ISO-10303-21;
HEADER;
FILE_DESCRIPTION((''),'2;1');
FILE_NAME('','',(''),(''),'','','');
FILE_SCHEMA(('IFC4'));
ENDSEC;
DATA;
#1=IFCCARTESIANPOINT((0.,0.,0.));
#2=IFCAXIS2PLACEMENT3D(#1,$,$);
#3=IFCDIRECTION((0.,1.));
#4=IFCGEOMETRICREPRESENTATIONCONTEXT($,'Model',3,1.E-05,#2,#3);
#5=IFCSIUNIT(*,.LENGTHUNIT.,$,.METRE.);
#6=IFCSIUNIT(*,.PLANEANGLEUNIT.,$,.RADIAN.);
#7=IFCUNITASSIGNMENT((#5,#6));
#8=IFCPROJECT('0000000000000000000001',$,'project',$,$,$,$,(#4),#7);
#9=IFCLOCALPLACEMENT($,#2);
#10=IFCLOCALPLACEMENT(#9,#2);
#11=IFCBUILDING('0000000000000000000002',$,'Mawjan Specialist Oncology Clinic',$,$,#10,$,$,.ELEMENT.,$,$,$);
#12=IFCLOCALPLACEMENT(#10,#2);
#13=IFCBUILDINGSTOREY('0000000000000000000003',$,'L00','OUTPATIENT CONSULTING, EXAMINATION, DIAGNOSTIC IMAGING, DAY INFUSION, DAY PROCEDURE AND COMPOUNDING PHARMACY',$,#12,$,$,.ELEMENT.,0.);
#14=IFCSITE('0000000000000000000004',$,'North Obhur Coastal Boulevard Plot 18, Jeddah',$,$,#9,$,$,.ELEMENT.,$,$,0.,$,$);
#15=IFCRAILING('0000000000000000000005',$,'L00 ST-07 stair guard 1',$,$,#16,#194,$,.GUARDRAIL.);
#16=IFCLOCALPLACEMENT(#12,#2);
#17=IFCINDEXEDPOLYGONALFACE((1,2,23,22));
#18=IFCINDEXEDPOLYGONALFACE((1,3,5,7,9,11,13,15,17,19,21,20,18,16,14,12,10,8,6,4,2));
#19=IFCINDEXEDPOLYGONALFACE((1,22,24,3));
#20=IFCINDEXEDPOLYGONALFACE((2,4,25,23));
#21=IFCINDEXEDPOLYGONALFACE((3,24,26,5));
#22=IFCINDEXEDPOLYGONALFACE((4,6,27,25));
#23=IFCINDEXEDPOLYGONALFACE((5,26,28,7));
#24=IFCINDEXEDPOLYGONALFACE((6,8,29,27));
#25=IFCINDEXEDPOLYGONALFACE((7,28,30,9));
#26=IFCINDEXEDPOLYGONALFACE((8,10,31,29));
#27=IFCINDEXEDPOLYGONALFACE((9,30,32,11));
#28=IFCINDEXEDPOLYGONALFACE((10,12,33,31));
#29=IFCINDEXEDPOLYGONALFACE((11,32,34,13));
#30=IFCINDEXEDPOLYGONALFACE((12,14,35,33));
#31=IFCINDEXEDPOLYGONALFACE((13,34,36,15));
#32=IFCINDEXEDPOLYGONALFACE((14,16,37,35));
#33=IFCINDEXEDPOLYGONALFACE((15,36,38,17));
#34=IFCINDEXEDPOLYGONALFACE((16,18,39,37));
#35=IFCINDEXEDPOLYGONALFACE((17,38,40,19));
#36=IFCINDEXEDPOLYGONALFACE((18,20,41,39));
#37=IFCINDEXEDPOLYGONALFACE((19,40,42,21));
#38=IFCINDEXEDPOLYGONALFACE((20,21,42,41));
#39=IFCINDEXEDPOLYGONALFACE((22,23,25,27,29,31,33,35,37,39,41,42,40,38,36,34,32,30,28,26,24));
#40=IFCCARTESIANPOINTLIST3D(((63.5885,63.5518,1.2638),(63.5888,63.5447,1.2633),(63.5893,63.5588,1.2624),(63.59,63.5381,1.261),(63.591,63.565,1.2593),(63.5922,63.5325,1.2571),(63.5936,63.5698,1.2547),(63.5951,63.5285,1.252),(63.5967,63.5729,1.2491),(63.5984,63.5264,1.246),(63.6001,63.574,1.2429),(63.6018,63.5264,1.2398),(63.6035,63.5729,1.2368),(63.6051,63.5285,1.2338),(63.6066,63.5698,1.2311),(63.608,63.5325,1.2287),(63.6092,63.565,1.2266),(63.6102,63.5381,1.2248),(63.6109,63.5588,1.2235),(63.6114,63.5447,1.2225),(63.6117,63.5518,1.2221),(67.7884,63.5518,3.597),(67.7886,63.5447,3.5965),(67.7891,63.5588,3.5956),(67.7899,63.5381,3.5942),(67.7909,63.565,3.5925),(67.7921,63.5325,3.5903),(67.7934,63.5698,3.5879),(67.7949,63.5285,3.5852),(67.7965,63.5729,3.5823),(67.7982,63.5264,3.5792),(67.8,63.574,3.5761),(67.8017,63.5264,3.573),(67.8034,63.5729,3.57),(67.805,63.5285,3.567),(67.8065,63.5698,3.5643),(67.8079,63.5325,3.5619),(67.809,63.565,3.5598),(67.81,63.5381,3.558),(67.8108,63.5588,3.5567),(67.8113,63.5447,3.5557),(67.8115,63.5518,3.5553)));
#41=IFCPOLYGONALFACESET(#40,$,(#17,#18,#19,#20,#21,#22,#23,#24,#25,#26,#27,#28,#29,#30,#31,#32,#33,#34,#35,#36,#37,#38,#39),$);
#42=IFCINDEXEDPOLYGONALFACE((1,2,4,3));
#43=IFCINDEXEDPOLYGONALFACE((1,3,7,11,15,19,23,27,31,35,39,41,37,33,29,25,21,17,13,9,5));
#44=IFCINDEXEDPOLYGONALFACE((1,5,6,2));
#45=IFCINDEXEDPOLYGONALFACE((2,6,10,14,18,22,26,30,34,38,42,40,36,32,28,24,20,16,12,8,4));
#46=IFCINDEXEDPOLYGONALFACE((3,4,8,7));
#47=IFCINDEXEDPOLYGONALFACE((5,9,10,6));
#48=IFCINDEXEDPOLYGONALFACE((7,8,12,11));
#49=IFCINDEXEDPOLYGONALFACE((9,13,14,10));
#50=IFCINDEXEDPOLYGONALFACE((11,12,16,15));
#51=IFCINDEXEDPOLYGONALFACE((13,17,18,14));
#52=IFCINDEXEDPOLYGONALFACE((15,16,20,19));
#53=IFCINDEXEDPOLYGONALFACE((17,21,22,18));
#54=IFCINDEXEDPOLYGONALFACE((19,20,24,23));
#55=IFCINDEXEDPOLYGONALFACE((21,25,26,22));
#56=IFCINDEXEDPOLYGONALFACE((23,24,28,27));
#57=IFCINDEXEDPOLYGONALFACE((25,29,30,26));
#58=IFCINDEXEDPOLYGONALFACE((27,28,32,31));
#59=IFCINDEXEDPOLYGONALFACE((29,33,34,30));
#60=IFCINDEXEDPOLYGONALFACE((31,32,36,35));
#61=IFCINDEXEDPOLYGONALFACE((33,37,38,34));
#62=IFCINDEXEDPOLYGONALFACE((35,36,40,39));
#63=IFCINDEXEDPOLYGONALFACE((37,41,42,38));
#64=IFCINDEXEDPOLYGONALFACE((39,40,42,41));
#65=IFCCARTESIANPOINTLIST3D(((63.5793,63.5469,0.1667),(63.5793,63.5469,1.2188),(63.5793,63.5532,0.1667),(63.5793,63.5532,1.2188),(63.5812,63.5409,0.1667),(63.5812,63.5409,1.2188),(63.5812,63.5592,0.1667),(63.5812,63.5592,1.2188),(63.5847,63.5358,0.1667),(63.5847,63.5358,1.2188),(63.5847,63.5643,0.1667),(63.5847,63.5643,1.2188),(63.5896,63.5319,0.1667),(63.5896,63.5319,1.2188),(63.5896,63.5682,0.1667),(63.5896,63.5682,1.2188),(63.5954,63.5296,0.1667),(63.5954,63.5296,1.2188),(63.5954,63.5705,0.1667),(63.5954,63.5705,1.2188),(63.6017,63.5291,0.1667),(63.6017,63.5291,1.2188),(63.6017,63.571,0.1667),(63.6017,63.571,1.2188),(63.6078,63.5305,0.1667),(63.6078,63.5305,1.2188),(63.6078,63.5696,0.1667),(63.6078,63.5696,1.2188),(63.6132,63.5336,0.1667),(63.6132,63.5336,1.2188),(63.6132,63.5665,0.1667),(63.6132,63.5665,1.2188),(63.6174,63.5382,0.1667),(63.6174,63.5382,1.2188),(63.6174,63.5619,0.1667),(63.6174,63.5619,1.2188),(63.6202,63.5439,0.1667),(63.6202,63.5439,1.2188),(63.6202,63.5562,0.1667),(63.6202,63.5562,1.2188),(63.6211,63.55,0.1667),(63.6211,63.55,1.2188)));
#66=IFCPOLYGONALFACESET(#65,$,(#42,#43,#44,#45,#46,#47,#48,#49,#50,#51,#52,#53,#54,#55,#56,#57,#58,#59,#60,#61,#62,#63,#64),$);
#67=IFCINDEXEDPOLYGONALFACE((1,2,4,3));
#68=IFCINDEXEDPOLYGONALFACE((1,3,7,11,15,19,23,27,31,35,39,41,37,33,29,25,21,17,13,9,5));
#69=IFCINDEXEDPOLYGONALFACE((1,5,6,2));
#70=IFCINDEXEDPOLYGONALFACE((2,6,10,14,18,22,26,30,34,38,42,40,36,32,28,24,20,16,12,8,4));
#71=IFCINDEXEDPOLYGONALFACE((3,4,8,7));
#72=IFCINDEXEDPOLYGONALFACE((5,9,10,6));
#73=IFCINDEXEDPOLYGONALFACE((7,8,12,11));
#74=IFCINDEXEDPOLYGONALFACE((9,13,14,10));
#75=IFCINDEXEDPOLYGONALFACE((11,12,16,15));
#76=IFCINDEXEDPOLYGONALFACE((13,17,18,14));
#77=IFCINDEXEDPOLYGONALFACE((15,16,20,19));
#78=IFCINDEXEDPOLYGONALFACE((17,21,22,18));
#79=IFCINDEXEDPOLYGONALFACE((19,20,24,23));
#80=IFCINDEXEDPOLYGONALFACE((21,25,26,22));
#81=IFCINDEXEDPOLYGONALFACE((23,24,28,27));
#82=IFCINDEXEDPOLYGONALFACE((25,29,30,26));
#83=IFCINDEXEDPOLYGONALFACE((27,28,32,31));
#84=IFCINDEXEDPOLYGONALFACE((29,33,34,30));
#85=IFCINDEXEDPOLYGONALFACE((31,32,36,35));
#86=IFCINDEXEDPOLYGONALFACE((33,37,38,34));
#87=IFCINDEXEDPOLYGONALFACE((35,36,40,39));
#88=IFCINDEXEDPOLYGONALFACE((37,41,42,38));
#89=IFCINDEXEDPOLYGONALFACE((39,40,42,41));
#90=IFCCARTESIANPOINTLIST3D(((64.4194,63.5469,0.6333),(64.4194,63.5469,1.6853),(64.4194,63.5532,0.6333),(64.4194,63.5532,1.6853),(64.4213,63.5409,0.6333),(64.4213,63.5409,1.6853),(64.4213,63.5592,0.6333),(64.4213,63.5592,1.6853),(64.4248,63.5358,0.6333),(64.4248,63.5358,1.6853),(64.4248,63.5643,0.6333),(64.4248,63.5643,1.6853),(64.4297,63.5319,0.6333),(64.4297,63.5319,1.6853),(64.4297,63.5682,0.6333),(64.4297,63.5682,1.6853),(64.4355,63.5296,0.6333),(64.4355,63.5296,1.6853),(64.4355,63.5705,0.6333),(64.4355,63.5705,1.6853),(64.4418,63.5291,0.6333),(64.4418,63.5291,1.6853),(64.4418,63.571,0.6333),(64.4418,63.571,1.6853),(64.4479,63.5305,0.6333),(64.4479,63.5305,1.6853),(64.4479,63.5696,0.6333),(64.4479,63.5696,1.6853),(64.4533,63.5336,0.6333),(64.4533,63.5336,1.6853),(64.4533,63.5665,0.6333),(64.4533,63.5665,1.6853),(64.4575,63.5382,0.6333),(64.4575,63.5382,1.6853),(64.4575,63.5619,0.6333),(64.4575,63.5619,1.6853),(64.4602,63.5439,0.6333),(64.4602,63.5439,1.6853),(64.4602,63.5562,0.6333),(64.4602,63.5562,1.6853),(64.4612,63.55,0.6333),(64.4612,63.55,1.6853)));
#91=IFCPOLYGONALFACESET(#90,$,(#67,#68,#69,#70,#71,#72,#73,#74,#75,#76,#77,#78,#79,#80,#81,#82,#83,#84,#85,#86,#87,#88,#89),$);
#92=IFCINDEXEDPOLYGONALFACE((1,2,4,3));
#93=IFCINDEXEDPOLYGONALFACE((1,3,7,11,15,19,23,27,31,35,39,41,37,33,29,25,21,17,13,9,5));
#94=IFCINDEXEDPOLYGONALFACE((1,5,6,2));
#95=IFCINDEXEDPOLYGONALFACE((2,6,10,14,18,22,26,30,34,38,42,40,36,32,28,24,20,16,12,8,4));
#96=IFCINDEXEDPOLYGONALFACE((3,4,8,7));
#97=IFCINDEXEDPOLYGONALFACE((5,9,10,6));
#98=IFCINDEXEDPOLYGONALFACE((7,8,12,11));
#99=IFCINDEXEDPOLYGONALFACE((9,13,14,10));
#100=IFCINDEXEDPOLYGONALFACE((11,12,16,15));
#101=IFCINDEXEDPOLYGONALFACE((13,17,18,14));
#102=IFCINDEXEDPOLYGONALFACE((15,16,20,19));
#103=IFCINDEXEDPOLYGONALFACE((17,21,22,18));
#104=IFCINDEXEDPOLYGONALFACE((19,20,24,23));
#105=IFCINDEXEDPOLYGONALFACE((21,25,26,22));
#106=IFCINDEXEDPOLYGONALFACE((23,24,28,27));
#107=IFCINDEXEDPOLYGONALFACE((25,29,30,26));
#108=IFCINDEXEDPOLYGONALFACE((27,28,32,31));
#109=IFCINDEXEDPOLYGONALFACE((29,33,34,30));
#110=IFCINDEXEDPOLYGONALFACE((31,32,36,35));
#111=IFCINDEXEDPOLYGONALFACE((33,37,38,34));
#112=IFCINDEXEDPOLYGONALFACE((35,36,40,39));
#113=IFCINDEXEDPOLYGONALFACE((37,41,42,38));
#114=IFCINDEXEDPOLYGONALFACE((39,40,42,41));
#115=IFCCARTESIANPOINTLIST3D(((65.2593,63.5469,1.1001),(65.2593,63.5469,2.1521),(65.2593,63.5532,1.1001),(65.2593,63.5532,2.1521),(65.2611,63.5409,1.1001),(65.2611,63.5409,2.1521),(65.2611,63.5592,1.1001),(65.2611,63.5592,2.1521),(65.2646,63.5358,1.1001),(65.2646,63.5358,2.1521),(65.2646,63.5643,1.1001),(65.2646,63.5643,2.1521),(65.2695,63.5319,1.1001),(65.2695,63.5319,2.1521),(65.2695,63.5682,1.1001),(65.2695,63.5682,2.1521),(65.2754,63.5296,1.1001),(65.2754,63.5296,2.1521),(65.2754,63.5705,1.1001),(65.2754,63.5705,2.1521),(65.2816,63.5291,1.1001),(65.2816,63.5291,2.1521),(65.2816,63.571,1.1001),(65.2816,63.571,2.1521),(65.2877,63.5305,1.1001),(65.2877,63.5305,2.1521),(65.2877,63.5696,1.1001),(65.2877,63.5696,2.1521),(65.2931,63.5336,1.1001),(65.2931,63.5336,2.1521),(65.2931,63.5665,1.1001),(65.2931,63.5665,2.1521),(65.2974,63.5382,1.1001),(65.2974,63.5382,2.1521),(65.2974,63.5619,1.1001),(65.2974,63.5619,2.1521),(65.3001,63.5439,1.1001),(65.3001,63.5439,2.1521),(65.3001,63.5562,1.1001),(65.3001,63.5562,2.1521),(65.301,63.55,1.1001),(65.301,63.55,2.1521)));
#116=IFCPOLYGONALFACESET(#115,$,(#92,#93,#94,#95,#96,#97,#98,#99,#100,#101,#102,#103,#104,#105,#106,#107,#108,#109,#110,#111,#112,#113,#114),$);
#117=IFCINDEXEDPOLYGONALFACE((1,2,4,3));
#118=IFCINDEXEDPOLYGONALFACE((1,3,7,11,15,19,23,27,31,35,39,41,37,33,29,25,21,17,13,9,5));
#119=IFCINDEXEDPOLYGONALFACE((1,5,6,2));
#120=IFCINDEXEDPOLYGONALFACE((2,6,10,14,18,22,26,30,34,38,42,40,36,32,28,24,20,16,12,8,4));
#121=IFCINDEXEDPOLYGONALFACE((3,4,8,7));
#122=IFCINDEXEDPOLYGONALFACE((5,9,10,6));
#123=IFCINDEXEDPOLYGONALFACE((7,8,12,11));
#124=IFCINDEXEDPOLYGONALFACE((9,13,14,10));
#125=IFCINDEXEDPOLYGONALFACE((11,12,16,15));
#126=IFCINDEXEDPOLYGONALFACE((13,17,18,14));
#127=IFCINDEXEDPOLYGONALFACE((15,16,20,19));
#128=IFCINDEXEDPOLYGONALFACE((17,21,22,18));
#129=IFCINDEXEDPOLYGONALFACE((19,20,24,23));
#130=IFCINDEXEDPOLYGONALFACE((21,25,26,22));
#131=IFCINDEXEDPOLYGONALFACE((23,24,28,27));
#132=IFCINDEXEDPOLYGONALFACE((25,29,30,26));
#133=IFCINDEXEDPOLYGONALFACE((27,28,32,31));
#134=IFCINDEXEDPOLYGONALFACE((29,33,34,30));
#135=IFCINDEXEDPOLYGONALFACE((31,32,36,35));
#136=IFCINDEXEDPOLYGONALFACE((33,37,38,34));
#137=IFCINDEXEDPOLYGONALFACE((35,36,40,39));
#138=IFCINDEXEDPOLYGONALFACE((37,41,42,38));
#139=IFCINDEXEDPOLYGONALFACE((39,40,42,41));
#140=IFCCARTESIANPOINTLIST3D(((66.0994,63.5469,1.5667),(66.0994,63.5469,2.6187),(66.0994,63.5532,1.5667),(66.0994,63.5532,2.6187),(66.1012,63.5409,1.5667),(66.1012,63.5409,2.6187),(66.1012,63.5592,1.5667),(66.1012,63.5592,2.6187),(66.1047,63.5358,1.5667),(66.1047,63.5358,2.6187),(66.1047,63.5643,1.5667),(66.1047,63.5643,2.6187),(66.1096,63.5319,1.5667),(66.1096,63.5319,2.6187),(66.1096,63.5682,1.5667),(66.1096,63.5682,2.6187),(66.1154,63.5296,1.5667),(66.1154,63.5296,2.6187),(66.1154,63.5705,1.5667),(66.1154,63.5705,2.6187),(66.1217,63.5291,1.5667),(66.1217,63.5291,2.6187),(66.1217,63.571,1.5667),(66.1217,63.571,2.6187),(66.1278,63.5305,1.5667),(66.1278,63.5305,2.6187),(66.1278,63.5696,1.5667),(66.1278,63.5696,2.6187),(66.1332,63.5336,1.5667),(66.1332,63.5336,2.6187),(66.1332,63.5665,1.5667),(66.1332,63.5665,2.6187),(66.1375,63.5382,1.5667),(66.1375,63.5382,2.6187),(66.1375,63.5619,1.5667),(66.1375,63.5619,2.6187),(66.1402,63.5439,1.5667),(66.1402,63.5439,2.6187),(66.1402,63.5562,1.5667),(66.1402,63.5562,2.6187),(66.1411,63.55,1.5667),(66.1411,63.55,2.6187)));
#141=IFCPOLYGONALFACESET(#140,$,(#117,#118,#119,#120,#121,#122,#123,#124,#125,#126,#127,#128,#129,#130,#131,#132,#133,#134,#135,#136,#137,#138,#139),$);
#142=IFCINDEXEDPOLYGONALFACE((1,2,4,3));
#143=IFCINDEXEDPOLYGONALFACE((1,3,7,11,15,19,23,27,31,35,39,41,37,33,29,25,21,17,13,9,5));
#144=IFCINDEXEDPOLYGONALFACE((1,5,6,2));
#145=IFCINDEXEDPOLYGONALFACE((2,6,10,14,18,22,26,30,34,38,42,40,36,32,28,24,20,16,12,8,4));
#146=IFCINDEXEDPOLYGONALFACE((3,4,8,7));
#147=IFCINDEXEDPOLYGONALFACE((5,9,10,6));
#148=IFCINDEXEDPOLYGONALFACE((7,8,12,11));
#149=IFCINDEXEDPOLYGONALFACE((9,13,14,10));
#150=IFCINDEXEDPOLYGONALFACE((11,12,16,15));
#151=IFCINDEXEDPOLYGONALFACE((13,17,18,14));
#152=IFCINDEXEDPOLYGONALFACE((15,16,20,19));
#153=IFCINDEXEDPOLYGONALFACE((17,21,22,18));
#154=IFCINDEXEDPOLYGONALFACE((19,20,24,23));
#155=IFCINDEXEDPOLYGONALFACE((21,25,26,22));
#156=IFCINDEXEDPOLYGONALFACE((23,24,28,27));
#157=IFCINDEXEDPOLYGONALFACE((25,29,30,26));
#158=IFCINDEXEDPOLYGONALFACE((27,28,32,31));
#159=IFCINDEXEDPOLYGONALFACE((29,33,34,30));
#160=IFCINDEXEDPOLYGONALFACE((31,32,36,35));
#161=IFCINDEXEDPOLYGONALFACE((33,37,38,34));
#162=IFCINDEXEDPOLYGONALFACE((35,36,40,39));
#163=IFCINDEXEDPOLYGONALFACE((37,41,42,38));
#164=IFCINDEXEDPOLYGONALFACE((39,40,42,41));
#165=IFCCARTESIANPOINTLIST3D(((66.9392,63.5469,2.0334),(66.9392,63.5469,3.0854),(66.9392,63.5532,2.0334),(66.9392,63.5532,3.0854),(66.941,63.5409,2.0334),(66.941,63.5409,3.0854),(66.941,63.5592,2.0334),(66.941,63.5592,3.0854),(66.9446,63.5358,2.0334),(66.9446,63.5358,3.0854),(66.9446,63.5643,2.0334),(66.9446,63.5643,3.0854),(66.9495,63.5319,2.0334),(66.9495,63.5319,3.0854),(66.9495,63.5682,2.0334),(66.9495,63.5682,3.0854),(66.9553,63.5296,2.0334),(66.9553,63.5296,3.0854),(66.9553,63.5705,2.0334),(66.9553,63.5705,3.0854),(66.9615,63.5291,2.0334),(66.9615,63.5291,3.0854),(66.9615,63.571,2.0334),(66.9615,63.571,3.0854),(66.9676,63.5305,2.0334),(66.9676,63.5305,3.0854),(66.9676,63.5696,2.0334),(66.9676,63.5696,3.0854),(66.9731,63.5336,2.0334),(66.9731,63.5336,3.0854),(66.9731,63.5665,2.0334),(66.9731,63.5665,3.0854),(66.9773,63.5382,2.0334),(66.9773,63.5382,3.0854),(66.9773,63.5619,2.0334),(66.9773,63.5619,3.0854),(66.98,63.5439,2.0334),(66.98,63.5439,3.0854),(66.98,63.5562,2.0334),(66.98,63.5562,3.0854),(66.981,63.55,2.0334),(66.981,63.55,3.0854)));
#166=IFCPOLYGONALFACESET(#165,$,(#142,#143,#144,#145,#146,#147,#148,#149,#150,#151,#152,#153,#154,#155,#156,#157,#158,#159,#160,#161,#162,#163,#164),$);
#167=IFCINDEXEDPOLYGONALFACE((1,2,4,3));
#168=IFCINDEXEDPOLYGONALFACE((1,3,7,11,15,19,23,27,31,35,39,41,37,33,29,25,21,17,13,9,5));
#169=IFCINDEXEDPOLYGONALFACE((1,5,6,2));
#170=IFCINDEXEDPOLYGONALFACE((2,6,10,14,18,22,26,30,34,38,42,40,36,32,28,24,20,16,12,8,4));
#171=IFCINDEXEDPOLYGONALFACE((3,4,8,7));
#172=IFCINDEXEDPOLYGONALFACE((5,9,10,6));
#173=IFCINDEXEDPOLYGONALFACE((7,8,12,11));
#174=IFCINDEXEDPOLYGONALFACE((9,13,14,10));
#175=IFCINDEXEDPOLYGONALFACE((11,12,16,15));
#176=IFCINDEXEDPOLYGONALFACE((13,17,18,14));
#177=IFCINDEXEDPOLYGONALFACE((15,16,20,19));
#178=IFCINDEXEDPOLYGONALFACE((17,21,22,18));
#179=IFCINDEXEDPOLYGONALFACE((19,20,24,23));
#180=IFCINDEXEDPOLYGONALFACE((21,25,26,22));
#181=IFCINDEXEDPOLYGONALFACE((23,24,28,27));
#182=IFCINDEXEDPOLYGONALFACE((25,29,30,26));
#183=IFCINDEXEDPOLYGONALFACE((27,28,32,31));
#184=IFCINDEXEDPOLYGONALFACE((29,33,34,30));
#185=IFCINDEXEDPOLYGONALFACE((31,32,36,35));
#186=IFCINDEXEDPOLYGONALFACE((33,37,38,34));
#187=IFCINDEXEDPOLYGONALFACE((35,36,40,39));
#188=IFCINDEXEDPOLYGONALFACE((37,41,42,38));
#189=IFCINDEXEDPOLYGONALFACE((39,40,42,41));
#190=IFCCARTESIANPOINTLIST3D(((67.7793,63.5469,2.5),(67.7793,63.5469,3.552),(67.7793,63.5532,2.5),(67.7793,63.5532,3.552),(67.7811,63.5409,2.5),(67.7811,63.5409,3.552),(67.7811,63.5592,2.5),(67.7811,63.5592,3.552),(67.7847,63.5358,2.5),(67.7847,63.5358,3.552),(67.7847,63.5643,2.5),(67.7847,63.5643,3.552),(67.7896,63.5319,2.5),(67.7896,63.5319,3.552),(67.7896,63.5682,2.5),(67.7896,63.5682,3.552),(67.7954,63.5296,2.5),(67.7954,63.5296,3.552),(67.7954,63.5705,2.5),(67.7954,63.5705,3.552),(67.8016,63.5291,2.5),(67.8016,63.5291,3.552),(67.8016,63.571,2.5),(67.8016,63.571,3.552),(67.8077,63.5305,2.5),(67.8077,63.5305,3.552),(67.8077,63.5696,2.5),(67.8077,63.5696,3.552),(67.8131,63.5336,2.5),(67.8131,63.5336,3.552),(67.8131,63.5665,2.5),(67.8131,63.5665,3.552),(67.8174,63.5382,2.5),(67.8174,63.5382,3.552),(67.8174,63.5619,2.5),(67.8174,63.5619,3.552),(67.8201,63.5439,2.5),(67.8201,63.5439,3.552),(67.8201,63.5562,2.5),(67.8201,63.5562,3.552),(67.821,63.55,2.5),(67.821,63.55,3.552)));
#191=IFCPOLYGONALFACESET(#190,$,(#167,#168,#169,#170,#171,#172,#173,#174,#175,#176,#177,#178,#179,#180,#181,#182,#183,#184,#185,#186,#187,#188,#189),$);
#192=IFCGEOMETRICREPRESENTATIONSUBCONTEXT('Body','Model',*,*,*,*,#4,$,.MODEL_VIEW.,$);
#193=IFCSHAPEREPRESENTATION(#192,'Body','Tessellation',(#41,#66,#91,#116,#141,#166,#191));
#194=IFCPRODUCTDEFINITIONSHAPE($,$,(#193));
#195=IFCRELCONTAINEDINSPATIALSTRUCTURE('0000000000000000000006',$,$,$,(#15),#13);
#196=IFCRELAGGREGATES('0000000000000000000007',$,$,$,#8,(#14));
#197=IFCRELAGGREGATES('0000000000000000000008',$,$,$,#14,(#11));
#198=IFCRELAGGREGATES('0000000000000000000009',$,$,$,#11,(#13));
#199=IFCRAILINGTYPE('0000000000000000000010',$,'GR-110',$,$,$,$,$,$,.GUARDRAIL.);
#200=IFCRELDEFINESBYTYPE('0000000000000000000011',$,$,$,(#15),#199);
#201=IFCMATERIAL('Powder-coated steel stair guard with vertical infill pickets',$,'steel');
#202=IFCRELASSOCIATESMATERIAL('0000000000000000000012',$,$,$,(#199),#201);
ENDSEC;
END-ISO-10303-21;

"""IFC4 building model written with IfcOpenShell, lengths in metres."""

from ifc_helpers import new_model, si_unit, direction, frame, origin, origin_2d, place, context, subcontext, project, spatial, circle, extrude, material, type_object, element, save


model = new_model("IFC4")

# Units and contexts
model_context = context("Model", 3, precision=1e-05, world=origin(), true_north=direction((0.0, 1.0)))
body_context = subcontext(model_context, "Body", "Model", "MODEL_VIEW")
ifc_project = project(units=[si_unit("LENGTHUNIT", "METRE"), si_unit("PLANEANGLEUNIT", "RADIAN")], contexts=[model_context])

# Site, building, storey
site_placement = place(None, origin())
site = spatial("IfcSite", under=ifc_project, at=site_placement, Name="North Obhur Coastal Boulevard Plot 18, Jeddah", CompositionType="ELEMENT", RefElevation=0.0)
building_placement = place(site_placement, origin())
building = spatial("IfcBuilding", under=site, at=building_placement, Name="Mawjan Specialist Oncology Clinic", CompositionType="ELEMENT")
storey_placement = place(building_placement, origin())
storey = spatial("IfcBuildingStorey", under=building, at=storey_placement, Name="L00", Description="OUTPATIENT CONSULTING, EXAMINATION, DIAGNOSTIC IMAGING, DAY INFUSION, DAY PROCEDURE AND COMPOUNDING PHARMACY", CompositionType="ELEMENT", Elevation=0.0)

# Railing
ifc_material_1 = material(Name="Powder-coated steel stair guard with vertical infill pickets", Category="steel")
railing_type_1 = type_object("IfcRailingType", Name="GR-110", PredefinedType="GUARDRAIL", material=ifc_material_1)
railing_1_placement = place(storey_placement, frame((63.6001, 63.55, 0.1667)))
element("IfcRailing", 1, at=railing_1_placement, inside=storey, type_object=railing_type_1, Name="L00 ST-07 stair guard 1", PredefinedType="GUARDRAIL", context=body_context, shape_type="SweptSolid", body=[
    extrude(circle(Radius=0.0239, at=origin_2d()), frame((0.0, 0.0, 1.0762), z_axis=(0.874162, 0.0, 0.485634), x_axis=(0.0, 1.0, 0.0)), (0.0, 0.0, 1.0), 4.8044),
    extrude(circle(Radius=0.021, at=origin_2d()), origin(), (0.0, 0.0, 1.0), 1.052),
    extrude(circle(Radius=0.021, at=origin_2d()), frame((0.8401, 0.0, 0.4666)), (0.0, 0.0, 1.0), 1.052),
    extrude(circle(Radius=0.021, at=origin_2d()), frame((1.6799, 0.0, 0.9333)), (0.0, 0.0, 1.0), 1.052),
    extrude(circle(Radius=0.021, at=origin_2d()), frame((2.52, 0.0, 1.3999)), (0.0, 0.0, 1.0), 1.052),
    extrude(circle(Radius=0.021, at=origin_2d()), frame((3.3599, 0.0, 1.8667)), (0.0, 0.0, 1.0), 1.052),
    extrude(circle(Radius=0.021, at=origin_2d()), frame((4.2, 0.0, 2.3333)), (0.0, 0.0, 1.0), 1.052),
])

save(model, "model.ifc")
